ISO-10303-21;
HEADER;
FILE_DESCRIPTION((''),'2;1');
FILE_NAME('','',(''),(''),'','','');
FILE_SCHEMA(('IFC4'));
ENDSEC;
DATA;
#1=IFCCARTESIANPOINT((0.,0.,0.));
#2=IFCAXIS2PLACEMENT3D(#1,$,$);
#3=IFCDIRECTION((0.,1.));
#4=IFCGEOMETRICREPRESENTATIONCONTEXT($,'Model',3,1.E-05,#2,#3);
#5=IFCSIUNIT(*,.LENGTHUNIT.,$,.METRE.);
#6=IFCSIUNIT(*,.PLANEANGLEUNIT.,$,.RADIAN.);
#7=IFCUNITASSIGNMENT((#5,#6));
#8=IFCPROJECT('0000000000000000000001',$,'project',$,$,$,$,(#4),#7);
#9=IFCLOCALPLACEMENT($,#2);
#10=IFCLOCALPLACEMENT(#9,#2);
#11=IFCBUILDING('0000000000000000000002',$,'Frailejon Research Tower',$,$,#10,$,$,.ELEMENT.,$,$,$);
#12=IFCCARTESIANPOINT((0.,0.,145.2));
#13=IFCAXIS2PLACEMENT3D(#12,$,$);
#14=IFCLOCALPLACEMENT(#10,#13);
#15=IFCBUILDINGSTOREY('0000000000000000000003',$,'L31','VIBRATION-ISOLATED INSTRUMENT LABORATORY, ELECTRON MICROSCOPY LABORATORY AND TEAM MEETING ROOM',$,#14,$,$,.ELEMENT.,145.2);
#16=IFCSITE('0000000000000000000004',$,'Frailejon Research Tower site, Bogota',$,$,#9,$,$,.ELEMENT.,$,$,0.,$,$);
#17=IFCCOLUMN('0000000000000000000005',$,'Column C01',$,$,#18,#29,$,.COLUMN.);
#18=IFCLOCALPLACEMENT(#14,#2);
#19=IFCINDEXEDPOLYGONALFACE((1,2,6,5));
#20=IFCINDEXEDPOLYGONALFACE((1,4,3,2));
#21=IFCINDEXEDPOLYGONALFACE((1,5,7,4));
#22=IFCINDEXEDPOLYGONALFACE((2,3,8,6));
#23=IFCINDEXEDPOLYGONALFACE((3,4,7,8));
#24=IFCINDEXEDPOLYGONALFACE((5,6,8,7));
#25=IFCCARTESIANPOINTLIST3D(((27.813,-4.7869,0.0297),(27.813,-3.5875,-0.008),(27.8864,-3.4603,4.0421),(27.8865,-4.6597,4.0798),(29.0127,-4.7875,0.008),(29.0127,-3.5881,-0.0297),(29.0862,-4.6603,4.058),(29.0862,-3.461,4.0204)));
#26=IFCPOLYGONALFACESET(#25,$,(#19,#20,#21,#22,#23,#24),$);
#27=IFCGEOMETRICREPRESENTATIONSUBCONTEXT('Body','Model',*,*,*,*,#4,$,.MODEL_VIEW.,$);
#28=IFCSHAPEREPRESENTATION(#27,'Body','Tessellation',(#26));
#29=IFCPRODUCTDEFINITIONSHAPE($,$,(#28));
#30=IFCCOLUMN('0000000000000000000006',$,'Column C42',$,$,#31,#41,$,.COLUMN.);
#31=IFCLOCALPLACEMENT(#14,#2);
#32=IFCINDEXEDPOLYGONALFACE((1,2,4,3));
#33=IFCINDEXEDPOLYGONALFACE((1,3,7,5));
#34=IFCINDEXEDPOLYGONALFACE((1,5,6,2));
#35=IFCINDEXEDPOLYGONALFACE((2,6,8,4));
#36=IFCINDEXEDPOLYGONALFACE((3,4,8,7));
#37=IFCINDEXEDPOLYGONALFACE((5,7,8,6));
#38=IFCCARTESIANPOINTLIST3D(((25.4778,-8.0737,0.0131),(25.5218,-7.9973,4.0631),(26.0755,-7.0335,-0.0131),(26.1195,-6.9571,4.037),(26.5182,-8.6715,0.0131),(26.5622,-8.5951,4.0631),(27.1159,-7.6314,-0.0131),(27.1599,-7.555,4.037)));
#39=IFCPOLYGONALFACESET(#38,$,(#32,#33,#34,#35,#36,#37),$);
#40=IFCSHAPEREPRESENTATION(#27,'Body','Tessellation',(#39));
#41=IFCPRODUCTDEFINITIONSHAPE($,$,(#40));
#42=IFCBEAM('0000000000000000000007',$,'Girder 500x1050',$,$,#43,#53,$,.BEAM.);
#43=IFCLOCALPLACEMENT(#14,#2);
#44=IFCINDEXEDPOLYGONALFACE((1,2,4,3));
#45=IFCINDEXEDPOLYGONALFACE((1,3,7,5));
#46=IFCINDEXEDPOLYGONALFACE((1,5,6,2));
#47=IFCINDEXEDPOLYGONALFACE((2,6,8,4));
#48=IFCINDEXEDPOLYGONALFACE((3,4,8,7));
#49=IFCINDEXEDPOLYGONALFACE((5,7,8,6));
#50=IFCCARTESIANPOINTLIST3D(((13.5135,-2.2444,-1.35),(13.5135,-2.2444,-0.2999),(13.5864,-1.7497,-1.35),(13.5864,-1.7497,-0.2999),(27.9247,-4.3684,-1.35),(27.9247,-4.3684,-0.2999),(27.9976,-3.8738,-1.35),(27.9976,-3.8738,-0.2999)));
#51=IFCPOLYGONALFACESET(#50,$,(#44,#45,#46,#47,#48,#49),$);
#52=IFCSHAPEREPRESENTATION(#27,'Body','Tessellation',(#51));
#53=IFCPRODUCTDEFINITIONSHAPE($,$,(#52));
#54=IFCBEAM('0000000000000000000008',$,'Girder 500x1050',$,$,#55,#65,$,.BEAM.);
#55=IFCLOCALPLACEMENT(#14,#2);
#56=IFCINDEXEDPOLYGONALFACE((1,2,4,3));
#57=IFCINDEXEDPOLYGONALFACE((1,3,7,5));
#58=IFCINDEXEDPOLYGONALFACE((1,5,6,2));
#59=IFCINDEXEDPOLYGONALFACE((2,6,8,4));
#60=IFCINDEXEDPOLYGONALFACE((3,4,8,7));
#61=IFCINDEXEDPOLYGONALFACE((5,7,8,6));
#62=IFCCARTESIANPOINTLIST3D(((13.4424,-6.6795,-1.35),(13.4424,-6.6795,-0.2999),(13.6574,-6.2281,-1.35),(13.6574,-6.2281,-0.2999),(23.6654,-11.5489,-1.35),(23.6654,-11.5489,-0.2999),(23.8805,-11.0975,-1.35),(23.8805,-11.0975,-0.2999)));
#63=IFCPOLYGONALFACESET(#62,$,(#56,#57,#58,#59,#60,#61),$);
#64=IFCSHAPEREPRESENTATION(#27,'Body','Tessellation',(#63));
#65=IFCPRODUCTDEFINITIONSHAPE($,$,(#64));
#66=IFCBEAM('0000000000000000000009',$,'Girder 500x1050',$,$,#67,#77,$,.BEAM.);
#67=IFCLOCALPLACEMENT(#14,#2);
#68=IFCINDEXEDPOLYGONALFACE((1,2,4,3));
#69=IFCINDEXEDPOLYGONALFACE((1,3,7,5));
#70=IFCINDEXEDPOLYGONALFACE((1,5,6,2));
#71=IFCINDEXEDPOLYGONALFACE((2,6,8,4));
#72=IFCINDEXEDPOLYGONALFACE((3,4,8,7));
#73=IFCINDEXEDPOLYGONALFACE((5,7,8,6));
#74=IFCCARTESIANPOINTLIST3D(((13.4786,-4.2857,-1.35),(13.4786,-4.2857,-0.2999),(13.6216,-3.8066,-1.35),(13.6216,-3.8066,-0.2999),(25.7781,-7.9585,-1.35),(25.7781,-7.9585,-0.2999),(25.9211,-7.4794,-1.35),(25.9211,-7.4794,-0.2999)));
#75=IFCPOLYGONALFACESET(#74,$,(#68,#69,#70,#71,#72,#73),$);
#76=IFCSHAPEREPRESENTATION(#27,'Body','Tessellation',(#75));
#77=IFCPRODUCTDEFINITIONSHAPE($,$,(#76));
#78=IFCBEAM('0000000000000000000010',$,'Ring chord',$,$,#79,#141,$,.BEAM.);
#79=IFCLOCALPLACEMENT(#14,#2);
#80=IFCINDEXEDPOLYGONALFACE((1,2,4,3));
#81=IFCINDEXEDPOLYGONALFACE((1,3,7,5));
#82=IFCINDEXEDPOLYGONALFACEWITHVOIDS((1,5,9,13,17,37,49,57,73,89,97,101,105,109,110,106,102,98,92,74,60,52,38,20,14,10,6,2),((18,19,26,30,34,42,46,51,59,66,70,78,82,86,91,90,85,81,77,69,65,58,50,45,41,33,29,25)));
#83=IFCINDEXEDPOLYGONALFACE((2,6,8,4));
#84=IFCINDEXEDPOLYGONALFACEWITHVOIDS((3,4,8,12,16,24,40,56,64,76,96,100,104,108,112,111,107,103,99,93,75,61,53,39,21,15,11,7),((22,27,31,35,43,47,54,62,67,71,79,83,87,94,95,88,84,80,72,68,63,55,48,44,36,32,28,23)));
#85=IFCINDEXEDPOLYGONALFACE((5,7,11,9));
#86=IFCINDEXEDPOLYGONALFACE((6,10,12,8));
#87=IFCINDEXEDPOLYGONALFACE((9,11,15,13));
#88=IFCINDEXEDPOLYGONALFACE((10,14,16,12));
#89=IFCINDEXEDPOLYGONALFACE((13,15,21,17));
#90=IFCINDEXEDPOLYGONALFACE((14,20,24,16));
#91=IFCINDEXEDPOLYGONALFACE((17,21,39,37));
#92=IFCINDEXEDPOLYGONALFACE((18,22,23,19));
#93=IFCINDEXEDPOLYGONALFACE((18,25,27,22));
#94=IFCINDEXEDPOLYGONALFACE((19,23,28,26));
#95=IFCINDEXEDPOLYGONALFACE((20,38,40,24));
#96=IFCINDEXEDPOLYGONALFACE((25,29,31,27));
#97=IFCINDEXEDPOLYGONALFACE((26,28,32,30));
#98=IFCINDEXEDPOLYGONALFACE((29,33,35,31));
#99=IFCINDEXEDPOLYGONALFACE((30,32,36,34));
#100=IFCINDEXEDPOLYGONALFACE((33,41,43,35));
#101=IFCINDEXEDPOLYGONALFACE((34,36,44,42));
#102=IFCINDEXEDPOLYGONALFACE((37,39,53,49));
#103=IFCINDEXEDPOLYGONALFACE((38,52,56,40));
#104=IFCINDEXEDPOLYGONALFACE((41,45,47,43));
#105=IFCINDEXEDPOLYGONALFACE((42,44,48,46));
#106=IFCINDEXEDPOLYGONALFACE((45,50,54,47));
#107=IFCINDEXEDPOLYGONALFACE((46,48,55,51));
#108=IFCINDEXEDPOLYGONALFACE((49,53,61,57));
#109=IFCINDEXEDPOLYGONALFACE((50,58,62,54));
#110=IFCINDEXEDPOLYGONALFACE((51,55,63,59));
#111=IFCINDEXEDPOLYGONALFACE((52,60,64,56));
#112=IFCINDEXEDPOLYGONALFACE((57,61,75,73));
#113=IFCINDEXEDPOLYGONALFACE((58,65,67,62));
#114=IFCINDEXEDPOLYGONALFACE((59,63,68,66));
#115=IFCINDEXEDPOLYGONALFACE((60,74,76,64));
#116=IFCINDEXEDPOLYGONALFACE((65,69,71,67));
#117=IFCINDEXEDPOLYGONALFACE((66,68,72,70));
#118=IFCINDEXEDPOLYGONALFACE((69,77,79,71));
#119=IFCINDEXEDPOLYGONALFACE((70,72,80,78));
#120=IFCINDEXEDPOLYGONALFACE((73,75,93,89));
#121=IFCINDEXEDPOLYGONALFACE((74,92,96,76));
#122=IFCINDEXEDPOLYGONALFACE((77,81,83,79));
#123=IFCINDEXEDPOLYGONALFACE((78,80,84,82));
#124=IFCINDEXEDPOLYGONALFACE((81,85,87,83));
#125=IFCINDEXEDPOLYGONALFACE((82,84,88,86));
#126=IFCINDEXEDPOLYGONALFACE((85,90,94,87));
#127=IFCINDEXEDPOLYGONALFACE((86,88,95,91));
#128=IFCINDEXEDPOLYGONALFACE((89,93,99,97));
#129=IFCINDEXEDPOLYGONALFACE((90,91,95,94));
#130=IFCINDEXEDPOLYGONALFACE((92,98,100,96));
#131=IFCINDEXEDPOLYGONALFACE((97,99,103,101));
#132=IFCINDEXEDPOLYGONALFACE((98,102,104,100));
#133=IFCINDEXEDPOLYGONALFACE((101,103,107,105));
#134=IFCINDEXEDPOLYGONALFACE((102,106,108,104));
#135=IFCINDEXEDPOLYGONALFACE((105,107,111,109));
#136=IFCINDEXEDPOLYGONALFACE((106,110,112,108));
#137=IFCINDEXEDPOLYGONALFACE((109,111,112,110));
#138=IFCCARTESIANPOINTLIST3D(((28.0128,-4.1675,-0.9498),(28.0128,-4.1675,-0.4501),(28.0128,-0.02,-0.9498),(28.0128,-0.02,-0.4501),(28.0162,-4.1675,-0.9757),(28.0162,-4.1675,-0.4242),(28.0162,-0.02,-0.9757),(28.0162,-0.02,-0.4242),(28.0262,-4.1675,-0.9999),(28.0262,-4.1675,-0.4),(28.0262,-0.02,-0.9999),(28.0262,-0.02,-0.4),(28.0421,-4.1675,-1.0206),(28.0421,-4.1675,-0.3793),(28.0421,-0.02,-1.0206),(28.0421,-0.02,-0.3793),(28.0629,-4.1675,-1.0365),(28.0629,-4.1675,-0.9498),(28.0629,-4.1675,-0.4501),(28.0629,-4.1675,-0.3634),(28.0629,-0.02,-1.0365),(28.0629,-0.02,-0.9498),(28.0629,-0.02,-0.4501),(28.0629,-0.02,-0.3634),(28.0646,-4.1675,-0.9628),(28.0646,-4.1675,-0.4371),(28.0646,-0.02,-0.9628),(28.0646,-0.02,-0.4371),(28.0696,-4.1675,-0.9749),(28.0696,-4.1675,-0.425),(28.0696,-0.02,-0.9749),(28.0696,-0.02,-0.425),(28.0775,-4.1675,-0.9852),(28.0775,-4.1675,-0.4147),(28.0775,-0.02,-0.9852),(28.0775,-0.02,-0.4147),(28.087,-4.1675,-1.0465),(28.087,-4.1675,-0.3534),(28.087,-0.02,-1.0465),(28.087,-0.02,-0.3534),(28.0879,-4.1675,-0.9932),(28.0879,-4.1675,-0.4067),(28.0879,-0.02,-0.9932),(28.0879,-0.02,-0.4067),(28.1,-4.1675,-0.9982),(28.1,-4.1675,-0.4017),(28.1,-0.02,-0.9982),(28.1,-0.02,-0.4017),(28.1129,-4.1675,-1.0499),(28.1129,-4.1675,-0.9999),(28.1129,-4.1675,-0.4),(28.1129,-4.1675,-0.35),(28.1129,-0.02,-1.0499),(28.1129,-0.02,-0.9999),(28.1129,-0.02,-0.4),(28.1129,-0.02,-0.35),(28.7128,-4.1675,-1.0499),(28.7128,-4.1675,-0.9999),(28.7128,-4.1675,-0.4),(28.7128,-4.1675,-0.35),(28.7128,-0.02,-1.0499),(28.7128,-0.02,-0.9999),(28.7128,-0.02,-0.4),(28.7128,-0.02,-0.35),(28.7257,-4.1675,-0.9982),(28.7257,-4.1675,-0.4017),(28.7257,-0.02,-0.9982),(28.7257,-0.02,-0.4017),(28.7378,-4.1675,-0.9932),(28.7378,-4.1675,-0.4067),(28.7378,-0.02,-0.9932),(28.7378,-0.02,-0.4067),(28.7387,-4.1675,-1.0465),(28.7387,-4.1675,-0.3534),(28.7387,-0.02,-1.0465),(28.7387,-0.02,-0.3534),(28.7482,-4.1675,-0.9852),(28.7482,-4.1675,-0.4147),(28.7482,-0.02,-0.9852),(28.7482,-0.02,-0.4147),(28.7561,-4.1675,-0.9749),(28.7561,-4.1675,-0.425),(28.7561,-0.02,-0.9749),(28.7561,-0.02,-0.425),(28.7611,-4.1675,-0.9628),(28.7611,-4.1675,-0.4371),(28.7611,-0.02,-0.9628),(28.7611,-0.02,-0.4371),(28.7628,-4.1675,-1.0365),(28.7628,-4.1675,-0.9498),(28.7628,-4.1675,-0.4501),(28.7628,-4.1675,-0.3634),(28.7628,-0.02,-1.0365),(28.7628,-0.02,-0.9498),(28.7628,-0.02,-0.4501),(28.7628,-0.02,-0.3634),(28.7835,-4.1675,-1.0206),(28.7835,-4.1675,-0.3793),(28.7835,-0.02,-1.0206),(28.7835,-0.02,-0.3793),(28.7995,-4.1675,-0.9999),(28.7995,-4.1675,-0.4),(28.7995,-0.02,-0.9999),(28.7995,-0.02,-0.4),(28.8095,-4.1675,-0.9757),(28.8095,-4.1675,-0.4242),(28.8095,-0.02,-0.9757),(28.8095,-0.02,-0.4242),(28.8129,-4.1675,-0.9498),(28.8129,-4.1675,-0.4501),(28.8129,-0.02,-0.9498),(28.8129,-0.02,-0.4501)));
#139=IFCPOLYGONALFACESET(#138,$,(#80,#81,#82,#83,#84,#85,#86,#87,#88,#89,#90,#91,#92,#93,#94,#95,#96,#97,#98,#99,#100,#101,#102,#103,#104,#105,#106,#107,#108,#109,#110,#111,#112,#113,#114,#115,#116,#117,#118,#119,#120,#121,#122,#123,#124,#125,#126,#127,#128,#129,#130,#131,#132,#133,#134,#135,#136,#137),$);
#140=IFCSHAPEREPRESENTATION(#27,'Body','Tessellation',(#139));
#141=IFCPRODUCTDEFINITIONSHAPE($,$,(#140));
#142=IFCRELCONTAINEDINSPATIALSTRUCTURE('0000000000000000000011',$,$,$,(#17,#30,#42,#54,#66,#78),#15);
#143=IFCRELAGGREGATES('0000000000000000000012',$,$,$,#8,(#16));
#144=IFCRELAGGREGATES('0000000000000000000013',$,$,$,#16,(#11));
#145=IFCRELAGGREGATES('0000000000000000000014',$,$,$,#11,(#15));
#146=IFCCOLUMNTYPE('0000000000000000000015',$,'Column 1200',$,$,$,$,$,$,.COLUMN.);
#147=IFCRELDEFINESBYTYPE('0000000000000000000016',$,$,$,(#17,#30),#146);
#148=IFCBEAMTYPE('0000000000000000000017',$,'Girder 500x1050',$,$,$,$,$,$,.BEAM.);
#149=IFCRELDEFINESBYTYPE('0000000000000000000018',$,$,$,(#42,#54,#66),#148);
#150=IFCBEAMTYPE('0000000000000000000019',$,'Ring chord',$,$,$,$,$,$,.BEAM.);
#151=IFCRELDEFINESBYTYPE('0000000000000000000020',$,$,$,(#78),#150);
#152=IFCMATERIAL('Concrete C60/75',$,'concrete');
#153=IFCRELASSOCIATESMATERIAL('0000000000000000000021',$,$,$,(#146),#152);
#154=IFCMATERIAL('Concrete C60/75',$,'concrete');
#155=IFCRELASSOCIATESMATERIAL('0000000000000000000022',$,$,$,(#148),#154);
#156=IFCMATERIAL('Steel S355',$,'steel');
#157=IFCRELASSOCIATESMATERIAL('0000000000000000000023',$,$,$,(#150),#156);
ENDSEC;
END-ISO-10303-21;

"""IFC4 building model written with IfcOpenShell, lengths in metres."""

from ifc_helpers import new_model, si_unit, direction, frame, origin, origin_2d, place, context, subcontext, project, spatial, rectangle, hollow_rectangle, extrude, material, material_profile, profile_set, type_object, element, save


model = new_model("IFC4")

# Units and contexts
model_context = context("Model", 3, precision=1e-05, world=origin(), true_north=direction((0.0, 1.0)))
body_context = subcontext(model_context, "Body", "Model", "MODEL_VIEW")
ifc_project = project(units=[si_unit("LENGTHUNIT", "METRE"), si_unit("PLANEANGLEUNIT", "RADIAN")], contexts=[model_context])

# Site, building, storey
site_placement = place(None, origin())
site = spatial("IfcSite", under=ifc_project, at=site_placement, Name="Frailejon Research Tower site, Bogota", CompositionType="ELEMENT", RefElevation=0.0)
building_placement = place(site_placement, origin())
building = spatial("IfcBuilding", under=site, at=building_placement, Name="Frailejon Research Tower", CompositionType="ELEMENT")
storey_placement = place(building_placement, frame((0.0, 0.0, 145.2)))
storey = spatial("IfcBuildingStorey", under=building, at=storey_placement, Name="L31", Description="VIBRATION-ISOLATED INSTRUMENT LABORATORY, ELECTRON MICROSCOPY LABORATORY AND TEAM MEETING ROOM", CompositionType="ELEMENT", Elevation=145.2)

# Columns
ifc_material_1 = material(Name="Concrete C60/75", Category="concrete")
ifc_material_profile_1 = material_profile(ifc_material_1, rectangle(XDim=1.2, YDim=1.2, at=origin_2d()), Name="Column 1200")
ifc_profile_set_1 = profile_set([ifc_material_profile_1], Name="Concrete C60/75")
column_type = type_object("IfcColumnType", Name="Column 1200", PredefinedType="COLUMN", material=ifc_profile_set_1)
column_1_placement = place(storey_placement, frame((28.4128, -4.1875, 0.0), z_axis=(0.018133, 0.031386, 0.999343), x_axis=(-0.000022, 0.999507, -0.03139)))
element("IfcColumn", 1, at=column_1_placement, inside=storey, type_object=column_type, Name="Column C01", PredefinedType="COLUMN", context=body_context, shape_type="SweptSolid", body=[
    extrude(rectangle(XDim=1.2, YDim=1.2, at=origin_2d()), origin(), (0.0, 0.0, 1.0), 4.0527),
])
column_2_placement = place(storey_placement, frame((26.2969, -7.8525, 0.0), z_axis=(0.010848, 0.018863, 0.999763), x_axis=(0.49811, 0.866841, -0.02176)))
element("IfcColumn", 2, at=column_2_placement, inside=storey, type_object=column_type, Name="Column C42", PredefinedType="COLUMN", context=body_context, shape_type="SweptSolid", body=[
    extrude(rectangle(XDim=1.2, YDim=1.2, at=origin_2d()), origin(), (0.0, 0.0, 1.0), 4.051),
])

# Beams
ifc_material_2 = material(Name="Concrete C60/75", Category="concrete")
ifc_material_profile_2 = material_profile(ifc_material_2, rectangle(XDim=0.5, YDim=1.05, at=origin_2d()), Name="Girder 500x1050")
ifc_profile_set_2 = profile_set([ifc_material_profile_2], Name="Concrete C60/75")
beam_type_1 = type_object("IfcBeamType", Name="Girder 500x1050", PredefinedType="BEAM", material=ifc_profile_set_2)
beam_1_placement = place(storey_placement, frame((27.9612, -4.1211, -0.825), z_axis=(-0.989312, 0.145812, 0.0), x_axis=(-0.145812, -0.989312, 0.0)))
element("IfcBeam", 3, at=beam_1_placement, inside=storey, type_object=beam_type_1, Name="Girder 500x1050", PredefinedType="BEAM", context=body_context, shape_type="SweptSolid", body=[
    extrude(rectangle(XDim=0.5, YDim=1.05, at=origin_2d()), origin(), (0.0, 0.0, 1.0), 14.5669),
])
beam_2_placement = place(storey_placement, frame((23.7729, -11.3232, -0.825), z_axis=(-0.902815, 0.43003, 0.0), x_axis=(-0.43003, -0.902815, 0.0)))
element("IfcBeam", 4, at=beam_2_placement, inside=storey, type_object=beam_type_1, Name="Girder 500x1050", PredefinedType="BEAM", context=body_context, shape_type="SweptSolid", body=[
    extrude(rectangle(XDim=0.5, YDim=1.05, at=origin_2d()), origin(), (0.0, 0.0, 1.0), 11.3235),
])
beam_3_placement = place(storey_placement, frame((25.8496, -7.719, -0.825), z_axis=(-0.95819, 0.286131, 0.0), x_axis=(-0.286131, -0.95819, 0.0)))
element("IfcBeam", 5, at=beam_3_placement, inside=storey, type_object=beam_type_1, Name="Girder 500x1050", PredefinedType="BEAM", context=body_context, shape_type="SweptSolid", body=[
    extrude(rectangle(XDim=0.5, YDim=1.05, at=origin_2d()), origin(), (0.0, 0.0, 1.0), 12.8362),
])
ifc_material_3 = material(Name="Steel S355", Category="steel")
ifc_material_profile_3 = material_profile(ifc_material_3, hollow_rectangle(XDim=0.8, YDim=0.7, WallThickness=0.05, InnerFilletRadius=0.05, OuterFilletRadius=0.1001, at=origin_2d()), Name="Ring chord")
ifc_profile_set_3 = profile_set([ifc_material_profile_3], Name="Steel S355")
beam_type_2 = type_object("IfcBeamType", Name="Ring chord", PredefinedType="BEAM", material=ifc_profile_set_3)
beam_4_placement = place(storey_placement, frame((28.4128, -4.1675, -0.7), z_axis=(0.0, 1.0, 0.0), x_axis=(-1.0, 0.0, 0.0)))
element("IfcBeam", 6, at=beam_4_placement, inside=storey, type_object=beam_type_2, Name="Ring chord", PredefinedType="BEAM", context=body_context, shape_type="SweptSolid", body=[
    extrude(hollow_rectangle(XDim=0.8, YDim=0.7, WallThickness=0.05, InnerFilletRadius=0.05, OuterFilletRadius=0.1001, at=origin_2d()), origin(), (0.0, 0.0, 1.0), 4.1475),
])

save(model, "model.ifc")
